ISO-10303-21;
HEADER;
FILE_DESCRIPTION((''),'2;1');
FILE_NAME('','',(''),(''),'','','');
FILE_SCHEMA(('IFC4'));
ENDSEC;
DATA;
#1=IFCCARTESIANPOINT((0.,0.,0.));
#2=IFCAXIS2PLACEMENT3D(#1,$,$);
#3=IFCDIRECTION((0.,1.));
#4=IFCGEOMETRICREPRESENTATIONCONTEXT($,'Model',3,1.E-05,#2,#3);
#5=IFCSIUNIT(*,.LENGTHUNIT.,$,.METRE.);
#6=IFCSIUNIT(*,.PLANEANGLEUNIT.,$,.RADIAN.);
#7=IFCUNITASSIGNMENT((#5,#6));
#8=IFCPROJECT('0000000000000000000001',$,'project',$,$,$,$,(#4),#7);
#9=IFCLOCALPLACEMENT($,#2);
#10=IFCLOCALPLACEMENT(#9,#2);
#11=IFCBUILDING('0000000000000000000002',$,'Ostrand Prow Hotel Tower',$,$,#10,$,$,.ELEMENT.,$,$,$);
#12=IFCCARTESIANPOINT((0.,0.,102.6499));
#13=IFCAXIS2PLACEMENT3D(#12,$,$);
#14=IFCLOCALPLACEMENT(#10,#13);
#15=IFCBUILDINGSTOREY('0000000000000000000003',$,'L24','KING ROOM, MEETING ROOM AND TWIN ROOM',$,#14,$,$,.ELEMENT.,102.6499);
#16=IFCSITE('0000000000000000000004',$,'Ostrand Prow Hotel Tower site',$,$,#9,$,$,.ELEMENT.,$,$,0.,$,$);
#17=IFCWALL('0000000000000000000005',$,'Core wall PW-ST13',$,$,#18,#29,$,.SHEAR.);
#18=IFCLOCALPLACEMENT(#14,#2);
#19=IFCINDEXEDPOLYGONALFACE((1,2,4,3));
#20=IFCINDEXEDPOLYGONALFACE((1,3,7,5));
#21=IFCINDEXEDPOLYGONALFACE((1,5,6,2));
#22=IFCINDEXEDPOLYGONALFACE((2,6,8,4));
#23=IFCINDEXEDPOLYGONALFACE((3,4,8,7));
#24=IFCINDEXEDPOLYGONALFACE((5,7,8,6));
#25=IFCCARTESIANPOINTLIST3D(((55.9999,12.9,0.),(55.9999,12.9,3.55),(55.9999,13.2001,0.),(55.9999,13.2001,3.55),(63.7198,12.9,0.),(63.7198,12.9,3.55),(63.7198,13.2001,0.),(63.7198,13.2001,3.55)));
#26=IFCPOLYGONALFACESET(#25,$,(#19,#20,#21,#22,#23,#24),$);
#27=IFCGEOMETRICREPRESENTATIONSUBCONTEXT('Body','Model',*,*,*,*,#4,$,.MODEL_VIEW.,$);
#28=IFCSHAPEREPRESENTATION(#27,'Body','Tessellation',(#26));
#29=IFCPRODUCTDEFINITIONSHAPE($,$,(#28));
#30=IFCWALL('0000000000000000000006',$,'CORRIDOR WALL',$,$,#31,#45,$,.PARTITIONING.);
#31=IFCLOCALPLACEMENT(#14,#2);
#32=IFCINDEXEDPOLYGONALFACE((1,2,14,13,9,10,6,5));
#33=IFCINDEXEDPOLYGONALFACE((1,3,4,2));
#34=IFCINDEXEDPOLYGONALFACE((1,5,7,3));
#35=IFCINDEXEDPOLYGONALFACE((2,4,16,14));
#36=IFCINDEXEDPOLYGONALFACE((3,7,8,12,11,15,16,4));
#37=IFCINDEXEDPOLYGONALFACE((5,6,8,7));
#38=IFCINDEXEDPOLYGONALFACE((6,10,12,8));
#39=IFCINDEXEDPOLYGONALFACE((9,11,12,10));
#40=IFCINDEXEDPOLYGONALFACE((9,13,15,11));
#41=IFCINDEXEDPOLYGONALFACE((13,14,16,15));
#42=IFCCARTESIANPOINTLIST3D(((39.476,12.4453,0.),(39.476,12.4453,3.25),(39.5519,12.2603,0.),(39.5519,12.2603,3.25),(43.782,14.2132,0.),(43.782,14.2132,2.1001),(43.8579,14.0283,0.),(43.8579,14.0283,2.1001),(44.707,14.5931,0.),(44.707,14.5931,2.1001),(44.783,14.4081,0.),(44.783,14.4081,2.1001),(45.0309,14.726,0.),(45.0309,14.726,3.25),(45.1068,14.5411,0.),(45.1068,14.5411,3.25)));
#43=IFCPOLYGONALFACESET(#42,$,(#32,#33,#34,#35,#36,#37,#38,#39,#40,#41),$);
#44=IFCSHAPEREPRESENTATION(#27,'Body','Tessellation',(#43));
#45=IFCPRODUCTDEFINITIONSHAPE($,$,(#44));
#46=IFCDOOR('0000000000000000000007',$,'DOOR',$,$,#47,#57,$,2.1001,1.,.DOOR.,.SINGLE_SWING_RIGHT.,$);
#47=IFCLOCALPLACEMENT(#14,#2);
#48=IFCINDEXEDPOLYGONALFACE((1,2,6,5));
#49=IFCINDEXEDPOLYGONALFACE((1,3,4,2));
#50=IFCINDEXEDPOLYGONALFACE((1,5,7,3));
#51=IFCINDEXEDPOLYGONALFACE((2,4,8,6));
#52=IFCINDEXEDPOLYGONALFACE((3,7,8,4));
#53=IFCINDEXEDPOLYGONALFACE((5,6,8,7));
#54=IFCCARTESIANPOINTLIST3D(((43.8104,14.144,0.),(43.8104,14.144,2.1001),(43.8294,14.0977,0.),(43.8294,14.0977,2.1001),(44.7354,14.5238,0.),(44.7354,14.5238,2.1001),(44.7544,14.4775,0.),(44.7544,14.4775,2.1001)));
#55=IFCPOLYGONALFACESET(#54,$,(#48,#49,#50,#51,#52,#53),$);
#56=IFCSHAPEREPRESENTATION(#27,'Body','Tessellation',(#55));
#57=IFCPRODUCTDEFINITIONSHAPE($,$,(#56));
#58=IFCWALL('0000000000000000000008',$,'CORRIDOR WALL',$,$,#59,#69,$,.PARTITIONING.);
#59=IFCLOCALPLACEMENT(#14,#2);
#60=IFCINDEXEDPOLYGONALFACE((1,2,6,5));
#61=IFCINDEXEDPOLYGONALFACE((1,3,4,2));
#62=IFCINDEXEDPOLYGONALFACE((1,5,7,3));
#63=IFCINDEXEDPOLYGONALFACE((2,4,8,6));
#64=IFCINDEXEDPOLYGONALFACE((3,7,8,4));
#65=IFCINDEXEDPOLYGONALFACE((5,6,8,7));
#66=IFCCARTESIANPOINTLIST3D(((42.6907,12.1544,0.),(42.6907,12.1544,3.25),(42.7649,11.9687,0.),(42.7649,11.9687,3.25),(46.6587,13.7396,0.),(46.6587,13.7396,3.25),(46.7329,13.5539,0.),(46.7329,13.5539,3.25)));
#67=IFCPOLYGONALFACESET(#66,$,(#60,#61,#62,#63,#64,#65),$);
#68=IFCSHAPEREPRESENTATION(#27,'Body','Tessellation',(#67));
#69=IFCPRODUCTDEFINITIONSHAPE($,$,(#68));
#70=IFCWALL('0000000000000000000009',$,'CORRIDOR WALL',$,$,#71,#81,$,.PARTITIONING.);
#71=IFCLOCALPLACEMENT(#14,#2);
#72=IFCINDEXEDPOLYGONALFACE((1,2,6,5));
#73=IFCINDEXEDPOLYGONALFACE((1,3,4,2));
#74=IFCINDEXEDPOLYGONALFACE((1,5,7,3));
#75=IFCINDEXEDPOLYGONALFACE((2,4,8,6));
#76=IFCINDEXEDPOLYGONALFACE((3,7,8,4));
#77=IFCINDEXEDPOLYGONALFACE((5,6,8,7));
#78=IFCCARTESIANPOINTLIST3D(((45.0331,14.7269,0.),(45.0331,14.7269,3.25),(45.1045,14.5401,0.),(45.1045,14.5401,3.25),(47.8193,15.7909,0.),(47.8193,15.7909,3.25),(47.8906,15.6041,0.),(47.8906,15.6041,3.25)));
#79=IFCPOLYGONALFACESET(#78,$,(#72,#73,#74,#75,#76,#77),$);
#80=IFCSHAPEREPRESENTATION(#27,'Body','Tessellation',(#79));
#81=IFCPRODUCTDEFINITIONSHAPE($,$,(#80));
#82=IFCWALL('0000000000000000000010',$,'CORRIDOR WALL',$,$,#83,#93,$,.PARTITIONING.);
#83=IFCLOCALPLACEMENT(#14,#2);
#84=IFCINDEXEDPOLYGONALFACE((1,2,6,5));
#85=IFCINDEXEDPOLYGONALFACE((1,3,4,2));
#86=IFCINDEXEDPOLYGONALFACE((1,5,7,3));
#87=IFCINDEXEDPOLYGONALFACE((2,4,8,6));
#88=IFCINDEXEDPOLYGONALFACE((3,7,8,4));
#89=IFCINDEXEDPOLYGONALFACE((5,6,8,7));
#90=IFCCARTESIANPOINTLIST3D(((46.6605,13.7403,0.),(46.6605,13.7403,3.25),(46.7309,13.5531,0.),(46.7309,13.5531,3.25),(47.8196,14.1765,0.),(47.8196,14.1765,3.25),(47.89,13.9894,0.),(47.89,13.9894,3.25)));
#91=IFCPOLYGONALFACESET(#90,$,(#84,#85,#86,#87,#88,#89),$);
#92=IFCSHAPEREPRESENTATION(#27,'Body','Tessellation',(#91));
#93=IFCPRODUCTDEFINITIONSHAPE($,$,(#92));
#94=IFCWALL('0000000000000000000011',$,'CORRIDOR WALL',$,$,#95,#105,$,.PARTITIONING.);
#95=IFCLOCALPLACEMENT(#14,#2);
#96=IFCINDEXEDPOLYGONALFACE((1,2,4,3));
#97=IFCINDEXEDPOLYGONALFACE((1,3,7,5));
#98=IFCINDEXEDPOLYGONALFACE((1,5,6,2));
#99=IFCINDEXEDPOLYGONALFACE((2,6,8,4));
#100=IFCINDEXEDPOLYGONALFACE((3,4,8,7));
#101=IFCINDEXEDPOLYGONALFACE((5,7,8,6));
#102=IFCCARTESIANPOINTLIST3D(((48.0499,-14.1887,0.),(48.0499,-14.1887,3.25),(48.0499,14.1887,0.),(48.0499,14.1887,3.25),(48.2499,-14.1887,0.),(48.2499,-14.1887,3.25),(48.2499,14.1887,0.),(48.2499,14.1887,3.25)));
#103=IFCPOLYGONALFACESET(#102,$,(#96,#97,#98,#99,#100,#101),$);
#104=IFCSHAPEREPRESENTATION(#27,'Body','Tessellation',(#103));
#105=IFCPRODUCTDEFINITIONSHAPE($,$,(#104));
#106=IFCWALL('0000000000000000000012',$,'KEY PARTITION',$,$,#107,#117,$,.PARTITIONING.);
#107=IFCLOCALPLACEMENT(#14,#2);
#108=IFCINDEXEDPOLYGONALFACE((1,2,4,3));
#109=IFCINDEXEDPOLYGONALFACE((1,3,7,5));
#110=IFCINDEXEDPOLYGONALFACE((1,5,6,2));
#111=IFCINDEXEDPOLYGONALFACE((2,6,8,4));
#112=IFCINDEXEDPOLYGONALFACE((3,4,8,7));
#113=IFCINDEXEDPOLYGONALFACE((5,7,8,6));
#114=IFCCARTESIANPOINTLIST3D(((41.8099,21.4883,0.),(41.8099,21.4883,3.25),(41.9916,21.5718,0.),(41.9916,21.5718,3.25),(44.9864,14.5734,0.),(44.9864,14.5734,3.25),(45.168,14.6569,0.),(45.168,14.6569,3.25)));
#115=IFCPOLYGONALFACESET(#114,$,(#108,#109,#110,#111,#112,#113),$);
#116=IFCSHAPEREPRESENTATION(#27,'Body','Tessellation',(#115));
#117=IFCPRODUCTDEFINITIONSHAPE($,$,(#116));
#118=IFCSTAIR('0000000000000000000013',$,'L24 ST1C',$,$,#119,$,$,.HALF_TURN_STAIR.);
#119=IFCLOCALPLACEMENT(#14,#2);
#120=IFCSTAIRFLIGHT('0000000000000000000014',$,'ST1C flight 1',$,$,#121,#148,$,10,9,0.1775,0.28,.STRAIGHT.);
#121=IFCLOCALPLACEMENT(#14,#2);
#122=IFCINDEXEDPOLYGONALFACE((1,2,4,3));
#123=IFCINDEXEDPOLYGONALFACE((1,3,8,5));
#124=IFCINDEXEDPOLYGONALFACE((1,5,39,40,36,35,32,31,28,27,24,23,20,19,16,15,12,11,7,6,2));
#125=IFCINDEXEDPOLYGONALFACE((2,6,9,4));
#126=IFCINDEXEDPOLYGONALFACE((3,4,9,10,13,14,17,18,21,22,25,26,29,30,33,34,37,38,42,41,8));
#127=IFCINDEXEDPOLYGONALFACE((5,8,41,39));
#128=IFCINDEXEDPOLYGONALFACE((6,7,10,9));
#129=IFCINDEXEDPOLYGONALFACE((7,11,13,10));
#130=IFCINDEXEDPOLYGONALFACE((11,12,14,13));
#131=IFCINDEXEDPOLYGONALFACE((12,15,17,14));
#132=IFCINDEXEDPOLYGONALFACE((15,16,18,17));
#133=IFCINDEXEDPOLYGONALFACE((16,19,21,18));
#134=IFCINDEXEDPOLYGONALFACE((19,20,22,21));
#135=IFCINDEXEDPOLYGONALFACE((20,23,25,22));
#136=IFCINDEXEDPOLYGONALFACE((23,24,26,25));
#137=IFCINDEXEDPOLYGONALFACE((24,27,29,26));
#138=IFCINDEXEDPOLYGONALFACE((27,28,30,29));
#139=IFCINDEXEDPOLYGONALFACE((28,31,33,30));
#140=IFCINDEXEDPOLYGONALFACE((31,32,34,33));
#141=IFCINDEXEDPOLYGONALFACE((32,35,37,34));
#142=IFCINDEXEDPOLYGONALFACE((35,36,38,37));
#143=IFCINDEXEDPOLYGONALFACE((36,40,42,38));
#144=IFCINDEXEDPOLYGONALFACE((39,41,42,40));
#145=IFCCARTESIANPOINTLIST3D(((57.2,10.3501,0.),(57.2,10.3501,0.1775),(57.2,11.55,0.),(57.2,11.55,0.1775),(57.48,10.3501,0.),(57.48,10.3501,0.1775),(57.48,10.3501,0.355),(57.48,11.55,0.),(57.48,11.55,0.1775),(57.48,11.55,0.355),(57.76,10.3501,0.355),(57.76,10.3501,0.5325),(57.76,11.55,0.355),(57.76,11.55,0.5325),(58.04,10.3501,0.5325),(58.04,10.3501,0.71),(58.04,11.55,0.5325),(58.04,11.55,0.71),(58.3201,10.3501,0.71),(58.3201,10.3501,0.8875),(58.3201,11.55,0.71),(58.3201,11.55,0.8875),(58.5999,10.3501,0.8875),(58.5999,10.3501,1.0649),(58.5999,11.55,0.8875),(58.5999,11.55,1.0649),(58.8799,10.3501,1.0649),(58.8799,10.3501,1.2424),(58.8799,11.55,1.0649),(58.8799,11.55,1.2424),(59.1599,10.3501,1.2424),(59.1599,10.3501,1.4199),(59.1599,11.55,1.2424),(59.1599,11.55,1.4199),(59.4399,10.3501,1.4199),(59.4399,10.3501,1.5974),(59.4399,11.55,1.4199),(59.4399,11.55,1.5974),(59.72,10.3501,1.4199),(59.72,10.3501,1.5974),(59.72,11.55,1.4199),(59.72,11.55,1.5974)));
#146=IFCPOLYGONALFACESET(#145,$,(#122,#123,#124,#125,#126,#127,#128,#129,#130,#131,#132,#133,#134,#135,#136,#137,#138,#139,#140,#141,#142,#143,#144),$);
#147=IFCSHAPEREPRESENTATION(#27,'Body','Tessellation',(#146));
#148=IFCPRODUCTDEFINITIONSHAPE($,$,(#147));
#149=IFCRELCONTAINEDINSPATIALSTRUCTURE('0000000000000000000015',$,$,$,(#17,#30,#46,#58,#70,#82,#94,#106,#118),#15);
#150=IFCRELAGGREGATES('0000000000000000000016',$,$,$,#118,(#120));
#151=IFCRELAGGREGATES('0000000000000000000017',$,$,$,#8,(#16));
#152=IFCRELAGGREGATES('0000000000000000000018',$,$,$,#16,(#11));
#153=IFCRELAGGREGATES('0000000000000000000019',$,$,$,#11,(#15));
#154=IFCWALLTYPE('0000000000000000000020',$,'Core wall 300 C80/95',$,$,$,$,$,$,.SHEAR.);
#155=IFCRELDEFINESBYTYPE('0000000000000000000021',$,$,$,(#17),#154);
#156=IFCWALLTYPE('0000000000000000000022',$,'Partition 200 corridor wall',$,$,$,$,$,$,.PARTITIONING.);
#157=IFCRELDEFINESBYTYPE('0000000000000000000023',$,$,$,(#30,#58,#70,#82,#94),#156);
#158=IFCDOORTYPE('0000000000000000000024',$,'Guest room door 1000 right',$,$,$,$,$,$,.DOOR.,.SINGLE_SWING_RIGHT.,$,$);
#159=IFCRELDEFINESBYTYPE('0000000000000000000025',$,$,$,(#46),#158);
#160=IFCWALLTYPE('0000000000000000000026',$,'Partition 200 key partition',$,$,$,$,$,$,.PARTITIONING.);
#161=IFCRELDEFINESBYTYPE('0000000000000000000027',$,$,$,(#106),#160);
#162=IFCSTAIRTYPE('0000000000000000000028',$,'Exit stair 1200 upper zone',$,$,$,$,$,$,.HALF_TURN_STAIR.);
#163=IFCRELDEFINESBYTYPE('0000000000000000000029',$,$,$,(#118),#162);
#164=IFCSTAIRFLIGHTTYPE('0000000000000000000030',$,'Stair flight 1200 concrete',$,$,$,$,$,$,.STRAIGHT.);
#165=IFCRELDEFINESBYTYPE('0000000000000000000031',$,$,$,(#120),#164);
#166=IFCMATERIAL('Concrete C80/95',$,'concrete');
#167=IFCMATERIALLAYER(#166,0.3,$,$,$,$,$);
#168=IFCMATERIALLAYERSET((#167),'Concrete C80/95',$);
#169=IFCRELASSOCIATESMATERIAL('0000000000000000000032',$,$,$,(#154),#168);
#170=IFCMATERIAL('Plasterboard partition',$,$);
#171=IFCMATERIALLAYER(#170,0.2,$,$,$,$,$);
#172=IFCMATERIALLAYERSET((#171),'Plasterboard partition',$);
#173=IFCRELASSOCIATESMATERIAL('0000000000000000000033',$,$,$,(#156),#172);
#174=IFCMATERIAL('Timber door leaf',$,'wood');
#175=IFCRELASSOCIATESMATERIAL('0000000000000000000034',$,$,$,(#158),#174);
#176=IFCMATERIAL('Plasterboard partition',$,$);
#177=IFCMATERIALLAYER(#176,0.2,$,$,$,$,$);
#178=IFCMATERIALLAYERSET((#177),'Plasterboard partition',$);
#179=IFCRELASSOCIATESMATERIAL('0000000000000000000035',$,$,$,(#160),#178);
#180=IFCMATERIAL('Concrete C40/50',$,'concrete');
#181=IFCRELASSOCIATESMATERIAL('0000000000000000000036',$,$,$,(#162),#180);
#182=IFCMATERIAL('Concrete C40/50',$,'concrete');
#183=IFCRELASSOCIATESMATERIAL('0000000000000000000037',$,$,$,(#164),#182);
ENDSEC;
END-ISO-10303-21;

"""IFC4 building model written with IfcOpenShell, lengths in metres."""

from ifc_helpers import new_model, si_unit, direction, frame, frame_2d, origin, place, context, subcontext, project, spatial, polyline, rectangle, outline, extrude, material, layer, layer_set, type_object, element, fill, aggregate, save


model = new_model("IFC4")

# Units and contexts
model_context = context("Model", 3, precision=1e-05, world=origin(), true_north=direction((0.0, 1.0)))
body_context = subcontext(model_context, "Body", "Model", "MODEL_VIEW")
ifc_project = project(units=[si_unit("LENGTHUNIT", "METRE"), si_unit("PLANEANGLEUNIT", "RADIAN")], contexts=[model_context])

# Site, building, storey
site_placement = place(None, origin())
site = spatial("IfcSite", under=ifc_project, at=site_placement, Name="Ostrand Prow Hotel Tower site", CompositionType="ELEMENT", RefElevation=0.0)
building_placement = place(site_placement, origin())
building = spatial("IfcBuilding", under=site, at=building_placement, Name="Ostrand Prow Hotel Tower", CompositionType="ELEMENT")
storey_placement = place(building_placement, frame((0.0, 0.0, 102.6499)))
storey = spatial("IfcBuildingStorey", under=building, at=storey_placement, Name="L24", Description="KING ROOM, MEETING ROOM AND TWIN ROOM", CompositionType="ELEMENT", Elevation=102.6499)

# Wall
ifc_material_1 = material(Name="Concrete C80/95", Category="concrete")
ifc_layer_1 = layer(ifc_material_1, 0.3)
ifc_layer_set_1 = layer_set([ifc_layer_1], Name="Concrete C80/95")
wall_type_1 = type_object("IfcWallType", Name="Core wall 300 C80/95", PredefinedType="SHEAR", material=ifc_layer_set_1)
wall_1_placement = place(storey_placement, frame((56.0, 13.05, 0.0), z_axis=(0.0, 0.0, 1.0), x_axis=(1.0, 0.0, 0.0)))
element("IfcWall", 1, at=wall_1_placement, inside=storey, type_object=wall_type_1, Name="Core wall PW-ST13", PredefinedType="SHEAR", context=body_context, shape_type="SweptSolid", body=[
    extrude(rectangle(XDim=7.72, YDim=0.3, at=frame_2d((3.8599, 0.0))), origin(), (0.0, 0.0, 1.0), 3.55),
])

# Wall, opening, door
ifc_material_2 = material(Name="Plasterboard partition")
ifc_layer_2 = layer(ifc_material_2, 0.2)
ifc_layer_set_2 = layer_set([ifc_layer_2], Name="Plasterboard partition")
wall_type_2 = type_object("IfcWallType", Name="Partition 200 corridor wall", PredefinedType="PARTITIONING", material=ifc_layer_set_2)
wall_2_placement = place(storey_placement, frame((45.0688, 14.6335, 0.0), z_axis=(0.0, 0.0, 1.0), x_axis=(-0.925062, -0.379815, 0.0)))
wall_2 = element("IfcWall", 2, at=wall_2_placement, inside=storey, type_object=wall_type_2, Name="CORRIDOR WALL", PredefinedType="PARTITIONING", context=body_context, shape_type="SweptSolid", body=[
    extrude(rectangle(XDim=6.0049, YDim=0.2, at=frame_2d((3.0024, 0.0))), origin(), (0.0, 0.0, 1.0), 3.25),
])
opening_placement = place(wall_2_placement, frame((0.3501, 0.0, 0.0)))
opening = element("IfcOpeningElement", 3, at=opening_placement, cuts=wall_2, PredefinedType="OPENING", context=body_context, shape_type="SweptSolid", body=[
    extrude(rectangle(XDim=1.0, YDim=2.1001, at=frame_2d((0.5, 1.05))), frame((0.0, 0.1099, 0.0), z_axis=(0.0, -1.0, 0.0), x_axis=(1.0, 0.0, 0.0)), (0.0, 0.0, 1.0), 0.22),
])
ifc_material_3 = material(Name="Timber door leaf", Category="wood")
door_type = type_object("IfcDoorType", Name="Guest room door 1000 right", OperationType="SINGLE_SWING_RIGHT", PredefinedType="DOOR", material=ifc_material_3)
door_placement = place(opening_placement, origin())
door = element("IfcDoor", 4, at=door_placement, inside=storey, type_object=door_type, Name="DOOR", OperationType="SINGLE_SWING_RIGHT", OverallHeight=2.1001, OverallWidth=1.0, PredefinedType="DOOR", context=body_context, shape_type="SweptSolid", body=[
    extrude(rectangle(XDim=1.0, YDim=2.1001, at=frame_2d((0.5, 1.05))), frame((0.0, 0.0249, 0.0), z_axis=(0.0, -1.0, 0.0), x_axis=(1.0, 0.0, 0.0)), (0.0, 0.0, 1.0), 0.05),
])
fill(opening, door)

# Walls
wall_3_placement = place(storey_placement, frame((42.7278, 12.0615, 0.0), z_axis=(0.0, 0.0, 1.0), x_axis=(0.928638, 0.370987, 0.0)))
element("IfcWall", 5, at=wall_3_placement, inside=storey, type_object=wall_type_2, Name="CORRIDOR WALL", PredefinedType="PARTITIONING", context=body_context, shape_type="SweptSolid", body=[
    extrude(rectangle(XDim=4.2729, YDim=0.2, at=frame_2d((2.1365, 0.0))), origin(), (0.0, 0.0, 1.0), 3.25),
])
wall_4_placement = place(storey_placement, frame((47.855, 15.6975, 0.0), z_axis=(0.0, 0.0, 1.0), x_axis=(-0.9342, -0.356751, 0.0)))
element("IfcWall", 6, at=wall_4_placement, inside=storey, type_object=wall_type_2, Name="CORRIDOR WALL", PredefinedType="PARTITIONING", context=body_context, shape_type="SweptSolid", body=[
    extrude(rectangle(XDim=2.9824, YDim=0.2, at=frame_2d((1.4912, 0.0))), origin(), (0.0, 0.0, 1.0), 3.25),
])
wall_5_placement = place(storey_placement, frame((46.6958, 13.6467, 0.0), z_axis=(0.0, 0.0, 1.0), x_axis=(0.935907, 0.352246, 0.0)))
element("IfcWall", 7, at=wall_5_placement, inside=storey, type_object=wall_type_2, Name="CORRIDOR WALL", PredefinedType="PARTITIONING", context=body_context, shape_type="SweptSolid", body=[
    extrude(rectangle(XDim=1.2385, YDim=0.2, at=frame_2d((0.6191, 0.0))), origin(), (0.0, 0.0, 1.0), 3.25),
])
wall_6_placement = place(storey_placement, frame((48.1499, 14.1887, 0.0), z_axis=(0.0, 0.0, 1.0), x_axis=(0.0, -1.0, 0.0)))
element("IfcWall", 8, at=wall_6_placement, inside=storey, type_object=wall_type_2, Name="CORRIDOR WALL", PredefinedType="PARTITIONING", context=body_context, shape_type="SweptSolid", body=[
    extrude(rectangle(XDim=28.3774, YDim=0.2, at=frame_2d((14.1887, 0.0))), origin(), (0.0, 0.0, 1.0), 3.25),
])
ifc_material_4 = material(Name="Plasterboard partition")
ifc_layer_3 = layer(ifc_material_4, 0.2)
ifc_layer_set_3 = layer_set([ifc_layer_3], Name="Plasterboard partition")
wall_type_3 = type_object("IfcWallType", Name="Partition 200 key partition", PredefinedType="PARTITIONING", material=ifc_layer_set_3)
wall_7_placement = place(storey_placement, frame((45.0771, 14.6152, 0.0), z_axis=(0.0, 0.0, 1.0), x_axis=(-0.417428, 0.90871, 0.0)))
element("IfcWall", 9, at=wall_7_placement, inside=storey, type_object=wall_type_3, Name="KEY PARTITION", PredefinedType="PARTITIONING", context=body_context, shape_type="SweptSolid", body=[
    extrude(rectangle(XDim=7.6096, YDim=0.2, at=frame_2d((3.8047, 0.0))), origin(), (0.0, 0.0, 1.0), 3.25),
])

# Stair, stair flight
ifc_material_5 = material(Name="Concrete C40/50", Category="concrete")
stair_type = type_object("IfcStairType", Name="Exit stair 1200 upper zone", PredefinedType="HALF_TURN_STAIR", material=ifc_material_5)
stair_placement = place(storey_placement, origin())
stair = element("IfcStair", 10, at=stair_placement, inside=storey, type_object=stair_type, Name="L24 ST1C", PredefinedType="HALF_TURN_STAIR")
ifc_material_6 = material(Name="Concrete C40/50", Category="concrete")
stair_flight_type = type_object("IfcStairFlightType", Name="Stair flight 1200 concrete", PredefinedType="STRAIGHT", material=ifc_material_6)
stair_flight_placement = place(storey_placement, frame((57.2, 10.95, 0.0), z_axis=(0.0, 0.0, 1.0), x_axis=(1.0, 0.0, 0.0)))
stair_flight = element("IfcStairFlight", 11, at=stair_flight_placement, type_object=stair_flight_type, Name="ST1C flight 1", NumberOfRisers=10, NumberOfTreads=9, PredefinedType="STRAIGHT", RiserHeight=0.1775, TreadLength=0.28, context=body_context, shape_type="SweptSolid", body=[
    extrude(outline(polyline([(0.0, 0.0), (0.0, 0.1775), (0.28, 0.1775), (0.28, 0.355), (0.5601, 0.355), (0.5601, 0.5325), (0.8401, 0.5325), (0.8401, 0.71), (1.1201, 0.71), (1.1201, 0.8875), (1.3999, 0.8875), (1.3999, 1.0649), (1.6799, 1.0649), (1.6799, 1.2424), (1.96, 1.2424), (1.96, 1.4199), (2.24, 1.4199), (2.24, 1.5974), (2.52, 1.5974), (2.52, 1.7749), (2.52, 1.4199), (0.28, 0.0), (0.0, 0.0)])), frame((0.0, 0.6001, 0.0), z_axis=(0.0, -1.0, 0.0), x_axis=(1.0, 0.0, 0.0)), (0.0, 0.0, 1.0), 1.2),
])
aggregate(stair, [stair_flight])

save(model, "model.ifc")
